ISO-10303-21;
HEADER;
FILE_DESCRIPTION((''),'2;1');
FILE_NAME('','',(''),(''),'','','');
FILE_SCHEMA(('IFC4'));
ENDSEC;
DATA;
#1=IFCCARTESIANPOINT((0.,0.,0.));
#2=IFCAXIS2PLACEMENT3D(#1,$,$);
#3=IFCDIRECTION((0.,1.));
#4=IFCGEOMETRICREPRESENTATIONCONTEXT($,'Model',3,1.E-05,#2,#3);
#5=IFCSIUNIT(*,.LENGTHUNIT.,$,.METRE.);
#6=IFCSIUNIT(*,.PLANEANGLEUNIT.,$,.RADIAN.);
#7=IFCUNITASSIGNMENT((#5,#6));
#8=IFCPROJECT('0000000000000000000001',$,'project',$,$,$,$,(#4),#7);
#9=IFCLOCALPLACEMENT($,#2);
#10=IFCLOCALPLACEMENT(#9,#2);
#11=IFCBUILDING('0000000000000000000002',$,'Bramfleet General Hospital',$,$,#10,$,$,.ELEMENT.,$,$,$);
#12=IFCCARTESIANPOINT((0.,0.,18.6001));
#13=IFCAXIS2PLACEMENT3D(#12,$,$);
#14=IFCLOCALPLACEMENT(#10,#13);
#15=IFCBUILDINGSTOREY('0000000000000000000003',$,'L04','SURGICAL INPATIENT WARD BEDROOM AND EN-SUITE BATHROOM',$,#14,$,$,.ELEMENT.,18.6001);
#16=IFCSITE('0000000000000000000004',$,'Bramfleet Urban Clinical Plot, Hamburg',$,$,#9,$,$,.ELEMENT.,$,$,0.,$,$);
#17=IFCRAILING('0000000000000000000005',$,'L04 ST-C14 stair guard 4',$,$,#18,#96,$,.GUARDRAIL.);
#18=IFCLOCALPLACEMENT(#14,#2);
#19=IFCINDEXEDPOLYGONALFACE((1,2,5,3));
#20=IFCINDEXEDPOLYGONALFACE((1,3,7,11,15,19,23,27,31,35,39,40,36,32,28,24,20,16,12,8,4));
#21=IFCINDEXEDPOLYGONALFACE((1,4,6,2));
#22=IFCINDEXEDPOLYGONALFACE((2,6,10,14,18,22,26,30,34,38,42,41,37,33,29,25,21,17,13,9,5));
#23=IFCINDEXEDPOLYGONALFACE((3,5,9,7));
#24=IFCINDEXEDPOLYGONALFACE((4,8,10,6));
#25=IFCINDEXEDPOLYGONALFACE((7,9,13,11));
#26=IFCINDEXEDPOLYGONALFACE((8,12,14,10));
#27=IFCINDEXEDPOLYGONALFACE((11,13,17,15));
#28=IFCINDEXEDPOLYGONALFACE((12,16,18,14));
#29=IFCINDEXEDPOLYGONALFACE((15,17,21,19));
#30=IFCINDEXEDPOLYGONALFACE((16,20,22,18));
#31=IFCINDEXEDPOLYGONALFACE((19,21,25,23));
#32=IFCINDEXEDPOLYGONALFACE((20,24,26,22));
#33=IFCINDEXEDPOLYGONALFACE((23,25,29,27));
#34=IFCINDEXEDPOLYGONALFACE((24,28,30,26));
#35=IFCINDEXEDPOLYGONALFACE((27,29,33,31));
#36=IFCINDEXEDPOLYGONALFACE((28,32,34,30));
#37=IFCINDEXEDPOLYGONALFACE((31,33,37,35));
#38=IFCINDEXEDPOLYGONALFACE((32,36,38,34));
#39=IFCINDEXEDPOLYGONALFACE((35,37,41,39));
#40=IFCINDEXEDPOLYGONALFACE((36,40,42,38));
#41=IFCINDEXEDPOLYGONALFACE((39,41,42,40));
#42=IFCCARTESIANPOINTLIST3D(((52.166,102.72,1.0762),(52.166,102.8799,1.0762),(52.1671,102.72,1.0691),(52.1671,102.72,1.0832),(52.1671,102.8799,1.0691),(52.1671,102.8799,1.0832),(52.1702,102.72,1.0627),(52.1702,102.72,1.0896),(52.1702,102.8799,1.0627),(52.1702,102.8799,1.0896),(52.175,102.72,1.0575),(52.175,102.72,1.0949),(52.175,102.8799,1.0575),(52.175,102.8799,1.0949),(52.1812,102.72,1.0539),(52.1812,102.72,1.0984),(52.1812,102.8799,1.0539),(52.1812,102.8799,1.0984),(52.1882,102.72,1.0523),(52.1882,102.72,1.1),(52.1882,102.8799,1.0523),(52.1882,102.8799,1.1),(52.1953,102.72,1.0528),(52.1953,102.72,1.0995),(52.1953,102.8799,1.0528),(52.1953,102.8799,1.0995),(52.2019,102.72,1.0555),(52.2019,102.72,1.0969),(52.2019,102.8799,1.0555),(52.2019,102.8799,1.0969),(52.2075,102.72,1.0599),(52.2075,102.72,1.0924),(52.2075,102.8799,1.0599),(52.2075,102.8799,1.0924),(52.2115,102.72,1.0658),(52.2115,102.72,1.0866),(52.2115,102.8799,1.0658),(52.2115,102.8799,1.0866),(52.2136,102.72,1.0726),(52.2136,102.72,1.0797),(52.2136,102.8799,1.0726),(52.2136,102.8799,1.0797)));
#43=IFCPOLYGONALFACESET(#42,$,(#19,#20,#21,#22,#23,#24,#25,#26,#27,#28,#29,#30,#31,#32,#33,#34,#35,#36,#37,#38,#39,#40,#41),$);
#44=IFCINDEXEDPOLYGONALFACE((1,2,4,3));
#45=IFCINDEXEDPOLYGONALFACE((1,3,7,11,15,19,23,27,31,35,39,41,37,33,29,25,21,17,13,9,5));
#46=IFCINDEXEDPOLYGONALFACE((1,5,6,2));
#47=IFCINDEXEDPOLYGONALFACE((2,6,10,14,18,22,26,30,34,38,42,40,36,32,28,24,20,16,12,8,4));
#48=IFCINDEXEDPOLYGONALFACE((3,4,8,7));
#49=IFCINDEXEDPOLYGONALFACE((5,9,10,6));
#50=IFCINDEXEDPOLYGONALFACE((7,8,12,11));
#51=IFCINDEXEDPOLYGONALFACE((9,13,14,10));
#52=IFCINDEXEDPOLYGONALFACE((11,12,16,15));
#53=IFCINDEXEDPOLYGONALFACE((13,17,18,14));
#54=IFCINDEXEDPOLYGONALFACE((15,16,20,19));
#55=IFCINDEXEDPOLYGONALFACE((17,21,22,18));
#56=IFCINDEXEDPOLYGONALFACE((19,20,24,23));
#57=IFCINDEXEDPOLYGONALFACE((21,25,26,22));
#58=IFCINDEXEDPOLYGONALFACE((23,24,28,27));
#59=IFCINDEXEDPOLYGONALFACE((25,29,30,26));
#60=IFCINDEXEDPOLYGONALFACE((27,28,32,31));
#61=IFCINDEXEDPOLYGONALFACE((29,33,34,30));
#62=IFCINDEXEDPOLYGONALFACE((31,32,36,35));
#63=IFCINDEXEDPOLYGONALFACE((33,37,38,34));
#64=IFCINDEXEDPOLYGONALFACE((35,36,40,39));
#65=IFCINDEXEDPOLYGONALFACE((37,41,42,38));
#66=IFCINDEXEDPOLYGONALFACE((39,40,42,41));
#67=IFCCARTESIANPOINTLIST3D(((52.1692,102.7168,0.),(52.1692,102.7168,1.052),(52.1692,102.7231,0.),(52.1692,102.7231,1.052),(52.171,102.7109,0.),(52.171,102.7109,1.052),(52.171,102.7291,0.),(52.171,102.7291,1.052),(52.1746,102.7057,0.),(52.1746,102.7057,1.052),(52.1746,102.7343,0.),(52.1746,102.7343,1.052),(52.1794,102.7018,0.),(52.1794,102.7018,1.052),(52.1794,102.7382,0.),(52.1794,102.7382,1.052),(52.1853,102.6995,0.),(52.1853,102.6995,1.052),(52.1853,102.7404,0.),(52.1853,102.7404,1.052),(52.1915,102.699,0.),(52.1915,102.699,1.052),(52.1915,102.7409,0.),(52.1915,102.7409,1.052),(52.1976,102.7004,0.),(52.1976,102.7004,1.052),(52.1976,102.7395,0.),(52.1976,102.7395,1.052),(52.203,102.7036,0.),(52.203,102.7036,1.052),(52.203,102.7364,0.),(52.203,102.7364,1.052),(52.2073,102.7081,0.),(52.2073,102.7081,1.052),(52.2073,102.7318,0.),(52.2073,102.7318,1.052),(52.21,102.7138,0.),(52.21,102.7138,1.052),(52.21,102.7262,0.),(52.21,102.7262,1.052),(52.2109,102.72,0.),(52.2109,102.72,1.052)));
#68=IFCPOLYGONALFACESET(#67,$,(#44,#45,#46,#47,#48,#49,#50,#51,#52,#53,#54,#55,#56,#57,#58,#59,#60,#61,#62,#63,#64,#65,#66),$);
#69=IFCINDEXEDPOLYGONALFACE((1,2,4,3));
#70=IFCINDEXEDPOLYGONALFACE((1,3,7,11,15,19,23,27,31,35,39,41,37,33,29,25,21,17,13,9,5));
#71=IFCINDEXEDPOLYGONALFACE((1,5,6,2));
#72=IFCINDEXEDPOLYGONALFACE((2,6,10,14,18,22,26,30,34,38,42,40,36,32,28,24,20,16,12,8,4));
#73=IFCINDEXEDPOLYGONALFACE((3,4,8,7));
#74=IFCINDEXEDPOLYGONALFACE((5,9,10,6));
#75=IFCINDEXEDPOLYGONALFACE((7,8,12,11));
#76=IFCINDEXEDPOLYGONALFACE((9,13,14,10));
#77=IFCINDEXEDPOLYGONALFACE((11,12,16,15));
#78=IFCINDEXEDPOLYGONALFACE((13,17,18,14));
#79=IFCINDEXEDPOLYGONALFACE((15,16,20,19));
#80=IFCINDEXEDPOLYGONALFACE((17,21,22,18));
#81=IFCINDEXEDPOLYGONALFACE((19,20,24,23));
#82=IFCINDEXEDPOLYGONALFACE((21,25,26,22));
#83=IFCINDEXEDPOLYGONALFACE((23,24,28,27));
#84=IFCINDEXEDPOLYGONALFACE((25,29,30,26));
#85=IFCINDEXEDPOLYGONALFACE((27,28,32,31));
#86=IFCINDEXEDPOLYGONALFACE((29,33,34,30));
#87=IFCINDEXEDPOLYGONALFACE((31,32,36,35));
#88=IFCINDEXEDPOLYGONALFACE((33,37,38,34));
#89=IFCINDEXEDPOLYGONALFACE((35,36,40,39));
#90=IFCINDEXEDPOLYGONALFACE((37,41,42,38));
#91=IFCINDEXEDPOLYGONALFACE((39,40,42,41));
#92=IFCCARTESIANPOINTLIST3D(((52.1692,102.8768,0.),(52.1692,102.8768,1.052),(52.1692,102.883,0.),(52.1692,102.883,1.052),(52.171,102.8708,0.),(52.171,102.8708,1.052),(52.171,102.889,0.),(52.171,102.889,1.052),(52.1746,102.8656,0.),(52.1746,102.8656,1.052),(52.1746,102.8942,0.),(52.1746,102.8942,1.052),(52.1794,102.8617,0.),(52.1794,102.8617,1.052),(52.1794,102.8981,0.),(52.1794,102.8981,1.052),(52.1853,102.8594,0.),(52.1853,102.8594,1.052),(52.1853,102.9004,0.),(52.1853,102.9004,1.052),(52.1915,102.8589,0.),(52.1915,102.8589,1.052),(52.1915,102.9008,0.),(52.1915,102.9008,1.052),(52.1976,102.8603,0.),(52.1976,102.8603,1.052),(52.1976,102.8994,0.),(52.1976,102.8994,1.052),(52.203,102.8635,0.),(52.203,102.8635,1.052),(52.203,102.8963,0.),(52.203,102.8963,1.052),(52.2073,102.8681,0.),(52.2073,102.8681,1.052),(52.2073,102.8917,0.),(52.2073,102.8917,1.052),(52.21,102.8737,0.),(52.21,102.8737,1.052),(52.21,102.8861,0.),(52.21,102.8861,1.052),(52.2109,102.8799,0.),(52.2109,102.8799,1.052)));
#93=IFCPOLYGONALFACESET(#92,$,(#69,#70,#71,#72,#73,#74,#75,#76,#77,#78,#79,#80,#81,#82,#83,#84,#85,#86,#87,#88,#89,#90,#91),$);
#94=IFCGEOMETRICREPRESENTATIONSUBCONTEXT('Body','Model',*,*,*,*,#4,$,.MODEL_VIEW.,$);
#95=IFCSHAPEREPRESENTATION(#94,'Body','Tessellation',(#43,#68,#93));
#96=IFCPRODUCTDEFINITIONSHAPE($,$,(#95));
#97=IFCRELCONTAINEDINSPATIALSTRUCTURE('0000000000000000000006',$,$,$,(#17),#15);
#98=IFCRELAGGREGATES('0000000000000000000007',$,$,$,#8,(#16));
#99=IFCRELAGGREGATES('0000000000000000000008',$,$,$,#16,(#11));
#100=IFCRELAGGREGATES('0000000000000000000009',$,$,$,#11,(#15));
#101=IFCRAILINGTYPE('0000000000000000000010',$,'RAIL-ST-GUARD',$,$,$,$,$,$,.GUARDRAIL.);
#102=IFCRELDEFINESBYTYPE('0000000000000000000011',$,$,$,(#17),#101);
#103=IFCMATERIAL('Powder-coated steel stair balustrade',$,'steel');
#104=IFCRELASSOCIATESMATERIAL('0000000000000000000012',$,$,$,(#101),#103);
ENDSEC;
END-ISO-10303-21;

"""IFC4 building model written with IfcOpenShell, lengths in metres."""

from ifc_helpers import new_model, si_unit, direction, frame, origin, origin_2d, place, context, subcontext, project, spatial, circle, extrude, material, type_object, element, save


model = new_model("IFC4")

# Units and contexts
model_context = context("Model", 3, precision=1e-05, world=origin(), true_north=direction((0.0, 1.0)))
body_context = subcontext(model_context, "Body", "Model", "MODEL_VIEW")
ifc_project = project(units=[si_unit("LENGTHUNIT", "METRE"), si_unit("PLANEANGLEUNIT", "RADIAN")], contexts=[model_context])

# Site, building, storey
site_placement = place(None, origin())
site = spatial("IfcSite", under=ifc_project, at=site_placement, Name="Bramfleet Urban Clinical Plot, Hamburg", CompositionType="ELEMENT", RefElevation=0.0)
building_placement = place(site_placement, origin())
building = spatial("IfcBuilding", under=site, at=building_placement, Name="Bramfleet General Hospital", CompositionType="ELEMENT")
storey_placement = place(building_placement, frame((0.0, 0.0, 18.6001)))
storey = spatial("IfcBuildingStorey", under=building, at=storey_placement, Name="L04", Description="SURGICAL INPATIENT WARD BEDROOM AND EN-SUITE BATHROOM", CompositionType="ELEMENT", Elevation=18.6001)

# Railing
ifc_material_1 = material(Name="Powder-coated steel stair balustrade", Category="steel")
railing_type_1 = type_object("IfcRailingType", Name="RAIL-ST-GUARD", PredefinedType="GUARDRAIL", material=ifc_material_1)
railing_1_placement = place(storey_placement, frame((52.1899, 102.72, 0.0)))
element("IfcRailing", 1, at=railing_1_placement, inside=storey, type_object=railing_type_1, Name="L04 ST-C14 stair guard 4", PredefinedType="GUARDRAIL", context=body_context, shape_type="SweptSolid", body=[
    extrude(circle(Radius=0.0239, at=origin_2d()), frame((0.0, 0.0, 1.0762), z_axis=(0.0, 1.0, 0.0), x_axis=(-1.0, 0.0, 0.0)), (0.0, 0.0, 1.0), 0.1599),
    extrude(circle(Radius=0.021, at=origin_2d()), origin(), (0.0, 0.0, 1.0), 1.052),
    extrude(circle(Radius=0.021, at=origin_2d()), frame((0.0, 0.1599, 0.0)), (0.0, 0.0, 1.0), 1.052),
])

save(model, "model.ifc")
